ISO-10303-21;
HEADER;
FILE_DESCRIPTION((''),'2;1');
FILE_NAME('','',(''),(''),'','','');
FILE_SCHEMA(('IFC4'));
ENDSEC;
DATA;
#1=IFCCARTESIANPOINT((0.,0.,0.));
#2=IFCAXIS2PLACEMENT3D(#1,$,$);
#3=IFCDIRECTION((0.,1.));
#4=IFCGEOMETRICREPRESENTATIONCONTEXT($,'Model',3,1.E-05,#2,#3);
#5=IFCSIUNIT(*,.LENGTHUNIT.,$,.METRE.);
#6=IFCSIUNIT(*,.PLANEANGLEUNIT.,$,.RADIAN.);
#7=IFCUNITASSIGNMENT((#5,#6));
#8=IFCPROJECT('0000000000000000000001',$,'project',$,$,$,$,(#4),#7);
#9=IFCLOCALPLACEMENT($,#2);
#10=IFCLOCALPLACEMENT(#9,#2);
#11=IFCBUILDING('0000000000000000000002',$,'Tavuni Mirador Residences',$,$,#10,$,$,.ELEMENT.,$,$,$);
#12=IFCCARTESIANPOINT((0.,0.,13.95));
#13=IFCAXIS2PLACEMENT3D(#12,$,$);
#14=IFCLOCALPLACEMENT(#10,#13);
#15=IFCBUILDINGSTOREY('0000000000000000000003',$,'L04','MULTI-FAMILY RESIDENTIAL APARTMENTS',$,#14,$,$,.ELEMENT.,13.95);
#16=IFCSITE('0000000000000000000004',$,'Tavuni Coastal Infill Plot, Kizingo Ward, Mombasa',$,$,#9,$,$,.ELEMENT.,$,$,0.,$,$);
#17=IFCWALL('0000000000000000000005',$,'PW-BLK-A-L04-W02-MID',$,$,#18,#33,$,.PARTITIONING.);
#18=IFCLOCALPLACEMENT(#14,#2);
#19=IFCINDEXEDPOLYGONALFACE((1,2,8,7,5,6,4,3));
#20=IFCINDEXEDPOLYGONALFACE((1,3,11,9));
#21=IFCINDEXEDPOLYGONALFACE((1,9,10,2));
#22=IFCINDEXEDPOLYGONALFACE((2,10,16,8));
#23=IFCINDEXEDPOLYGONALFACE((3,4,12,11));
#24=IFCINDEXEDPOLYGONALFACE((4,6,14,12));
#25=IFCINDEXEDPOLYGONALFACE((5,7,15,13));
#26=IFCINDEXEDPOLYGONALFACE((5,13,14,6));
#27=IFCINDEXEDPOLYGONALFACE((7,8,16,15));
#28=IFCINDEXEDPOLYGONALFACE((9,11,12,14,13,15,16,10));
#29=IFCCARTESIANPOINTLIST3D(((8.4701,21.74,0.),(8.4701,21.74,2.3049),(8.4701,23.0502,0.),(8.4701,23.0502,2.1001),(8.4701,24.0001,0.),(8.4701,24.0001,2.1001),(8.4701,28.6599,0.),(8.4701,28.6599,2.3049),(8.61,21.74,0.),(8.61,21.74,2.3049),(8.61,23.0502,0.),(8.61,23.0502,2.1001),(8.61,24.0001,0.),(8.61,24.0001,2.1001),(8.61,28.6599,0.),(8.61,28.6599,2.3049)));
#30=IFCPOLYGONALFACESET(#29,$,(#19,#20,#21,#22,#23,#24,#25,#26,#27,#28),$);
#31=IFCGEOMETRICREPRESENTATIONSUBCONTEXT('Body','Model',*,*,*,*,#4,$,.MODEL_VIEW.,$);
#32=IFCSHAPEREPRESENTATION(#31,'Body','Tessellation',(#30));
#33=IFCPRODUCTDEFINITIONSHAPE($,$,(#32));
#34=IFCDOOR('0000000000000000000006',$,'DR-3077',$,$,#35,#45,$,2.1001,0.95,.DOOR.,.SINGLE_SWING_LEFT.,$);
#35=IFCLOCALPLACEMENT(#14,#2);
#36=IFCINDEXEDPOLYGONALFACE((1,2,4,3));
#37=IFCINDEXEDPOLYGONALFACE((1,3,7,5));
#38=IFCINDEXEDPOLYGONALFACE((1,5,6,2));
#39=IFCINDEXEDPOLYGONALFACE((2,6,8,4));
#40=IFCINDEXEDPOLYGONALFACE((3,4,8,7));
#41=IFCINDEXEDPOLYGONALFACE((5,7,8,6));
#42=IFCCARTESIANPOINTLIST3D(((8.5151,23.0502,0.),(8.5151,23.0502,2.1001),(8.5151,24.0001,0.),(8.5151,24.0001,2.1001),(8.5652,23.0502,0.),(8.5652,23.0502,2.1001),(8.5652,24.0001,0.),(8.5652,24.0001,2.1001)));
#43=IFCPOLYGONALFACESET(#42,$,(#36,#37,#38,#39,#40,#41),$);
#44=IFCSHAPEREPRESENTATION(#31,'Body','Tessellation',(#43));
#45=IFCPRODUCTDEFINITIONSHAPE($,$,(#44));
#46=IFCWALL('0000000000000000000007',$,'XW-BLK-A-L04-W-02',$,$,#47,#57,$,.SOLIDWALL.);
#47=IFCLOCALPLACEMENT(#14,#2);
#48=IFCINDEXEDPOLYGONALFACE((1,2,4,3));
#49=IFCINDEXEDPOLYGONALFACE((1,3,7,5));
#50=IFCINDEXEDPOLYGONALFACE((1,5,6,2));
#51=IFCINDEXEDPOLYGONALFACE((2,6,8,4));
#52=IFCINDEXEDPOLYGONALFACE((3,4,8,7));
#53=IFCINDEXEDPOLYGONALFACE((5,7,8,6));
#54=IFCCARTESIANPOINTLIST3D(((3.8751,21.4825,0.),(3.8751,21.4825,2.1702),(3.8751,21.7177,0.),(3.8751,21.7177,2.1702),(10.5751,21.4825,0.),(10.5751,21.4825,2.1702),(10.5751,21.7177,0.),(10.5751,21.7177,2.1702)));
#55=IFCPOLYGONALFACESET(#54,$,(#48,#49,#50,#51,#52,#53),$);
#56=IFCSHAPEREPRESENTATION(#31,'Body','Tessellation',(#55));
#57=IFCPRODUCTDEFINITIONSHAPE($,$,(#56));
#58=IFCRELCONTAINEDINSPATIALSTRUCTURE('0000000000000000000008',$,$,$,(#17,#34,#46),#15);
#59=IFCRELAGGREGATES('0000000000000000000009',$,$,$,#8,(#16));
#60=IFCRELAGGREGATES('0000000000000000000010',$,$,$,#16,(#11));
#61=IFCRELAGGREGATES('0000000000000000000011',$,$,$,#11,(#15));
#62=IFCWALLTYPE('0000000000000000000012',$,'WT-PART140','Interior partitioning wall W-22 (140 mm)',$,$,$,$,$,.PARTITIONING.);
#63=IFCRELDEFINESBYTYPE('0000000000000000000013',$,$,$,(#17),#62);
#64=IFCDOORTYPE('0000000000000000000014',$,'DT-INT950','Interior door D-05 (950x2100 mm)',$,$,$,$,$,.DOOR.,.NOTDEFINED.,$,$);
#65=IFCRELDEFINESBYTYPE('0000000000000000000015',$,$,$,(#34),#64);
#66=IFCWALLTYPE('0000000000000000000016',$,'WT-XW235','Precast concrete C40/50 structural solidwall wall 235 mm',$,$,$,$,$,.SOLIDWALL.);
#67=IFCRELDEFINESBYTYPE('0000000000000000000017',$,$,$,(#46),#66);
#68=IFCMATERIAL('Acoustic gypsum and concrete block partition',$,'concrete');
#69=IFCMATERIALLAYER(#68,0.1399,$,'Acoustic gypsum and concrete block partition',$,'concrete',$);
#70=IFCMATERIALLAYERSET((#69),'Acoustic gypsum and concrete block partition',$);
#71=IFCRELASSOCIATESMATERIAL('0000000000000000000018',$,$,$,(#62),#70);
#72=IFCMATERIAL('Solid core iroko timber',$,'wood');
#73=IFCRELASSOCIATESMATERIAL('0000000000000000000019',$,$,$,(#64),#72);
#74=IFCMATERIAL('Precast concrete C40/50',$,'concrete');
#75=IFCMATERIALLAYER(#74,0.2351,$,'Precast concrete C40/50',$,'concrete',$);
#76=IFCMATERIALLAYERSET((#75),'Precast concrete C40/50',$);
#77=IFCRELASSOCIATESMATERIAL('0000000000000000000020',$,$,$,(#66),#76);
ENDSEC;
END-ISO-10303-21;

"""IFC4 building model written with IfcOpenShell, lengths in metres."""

from ifc_helpers import new_model, si_unit, direction, frame, frame_2d, origin, place, context, subcontext, project, spatial, rectangle, extrude, material, layer, layer_set, type_object, element, fill, save


model = new_model("IFC4")

# Units and contexts
model_context = context("Model", 3, precision=1e-05, world=origin(), true_north=direction((0.0, 1.0)))
body_context = subcontext(model_context, "Body", "Model", "MODEL_VIEW")
ifc_project = project(units=[si_unit("LENGTHUNIT", "METRE"), si_unit("PLANEANGLEUNIT", "RADIAN")], contexts=[model_context])

# Site, building, storey
site_placement = place(None, origin())
site = spatial("IfcSite", under=ifc_project, at=site_placement, Name="Tavuni Coastal Infill Plot, Kizingo Ward, Mombasa", CompositionType="ELEMENT", RefElevation=0.0)
building_placement = place(site_placement, origin())
building = spatial("IfcBuilding", under=site, at=building_placement, Name="Tavuni Mirador Residences", CompositionType="ELEMENT")
storey_placement = place(building_placement, frame((0.0, 0.0, 13.95)))
storey = spatial("IfcBuildingStorey", under=building, at=storey_placement, Name="L04", Description="MULTI-FAMILY RESIDENTIAL APARTMENTS", CompositionType="ELEMENT", Elevation=13.95)

# Shared definitions
ifc_material_1 = material(Name="Precast concrete C40/50", Category="concrete")

# Shared definitions
ifc_material_2 = material(Name="Solid core iroko timber", Category="wood")

# Wall, opening, door
ifc_material_3 = material(Name="Acoustic gypsum and concrete block partition", Category="concrete")
ifc_layer_1 = layer(ifc_material_3, 0.1399, Name="Acoustic gypsum and concrete block partition", Category="concrete")
ifc_layer_set_1 = layer_set([ifc_layer_1], Name="Acoustic gypsum and concrete block partition")
wall_type_1 = type_object("IfcWallType", Name="WT-PART140", Description="Interior partitioning wall W-22 (140 mm)", PredefinedType="PARTITIONING", material=ifc_layer_set_1)
wall_1_placement = place(storey_placement, frame((8.54, 21.74, 0.0), z_axis=(0.0, 0.0, 1.0), x_axis=(0.0, 1.0, 0.0)))
wall_1 = element("IfcWall", 1, at=wall_1_placement, inside=storey, type_object=wall_type_1, Name="PW-BLK-A-L04-W02-MID", PredefinedType="PARTITIONING", context=body_context, shape_type="SweptSolid", body=[
    extrude(rectangle(XDim=6.9199, YDim=0.1399, at=frame_2d((3.46, 0.0))), origin(), (0.0, 0.0, 1.0), 2.3049),
])
opening_1_placement = place(wall_1_placement, frame((1.3101, 0.0, 0.0)))
opening_1 = element("IfcOpeningElement", 2, at=opening_1_placement, cuts=wall_1, PredefinedType="OPENING", context=body_context, shape_type="SweptSolid", body=[
    extrude(rectangle(XDim=0.95, YDim=2.1001, at=frame_2d((0.4751, 1.05))), frame((0.0, 0.0801, 0.0), z_axis=(0.0, -1.0, 0.0), x_axis=(1.0, 0.0, 0.0)), (0.0, 0.0, 1.0), 0.1599),
])
door_type_1 = type_object("IfcDoorType", Name="DT-INT950", Description="Interior door D-05 (950x2100 mm)", OperationType="NOTDEFINED", PredefinedType="DOOR", material=ifc_material_2)
door_1_placement = place(opening_1_placement, origin())
door_1 = element("IfcDoor", 3, at=door_1_placement, inside=storey, type_object=door_type_1, Name="DR-3077", OperationType="SINGLE_SWING_LEFT", OverallHeight=2.1001, OverallWidth=0.95, PredefinedType="DOOR", context=body_context, shape_type="SweptSolid", body=[
    extrude(rectangle(XDim=0.95, YDim=2.1001, at=frame_2d((0.4751, 1.05))), frame((0.0, 0.0249, 0.0), z_axis=(0.0, -1.0, 0.0), x_axis=(1.0, 0.0, 0.0)), (0.0, 0.0, 1.0), 0.05),
])
fill(opening_1, door_1)

# Wall
ifc_layer_2 = layer(ifc_material_1, 0.2351, Name="Precast concrete C40/50", Category="concrete")
ifc_layer_set_2 = layer_set([ifc_layer_2], Name="Precast concrete C40/50")
wall_type_2 = type_object("IfcWallType", Name="WT-XW235", Description="Precast concrete C40/50 structural solidwall wall 235 mm", PredefinedType="SOLIDWALL", material=ifc_layer_set_2)
wall_2_placement = place(storey_placement, frame((3.875, 21.6001, 0.0), z_axis=(0.0, 0.0, 1.0), x_axis=(1.0, 0.0, 0.0)))
element("IfcWall", 4, at=wall_2_placement, inside=storey, type_object=wall_type_2, Name="XW-BLK-A-L04-W-02", PredefinedType="SOLIDWALL", context=body_context, shape_type="SweptSolid", body=[
    extrude(rectangle(XDim=6.7, YDim=0.2351, at=frame_2d((3.3501, 0.0))), origin(), (0.0, 0.0, 1.0), 2.1702),
])

save(model, "model.ifc")
